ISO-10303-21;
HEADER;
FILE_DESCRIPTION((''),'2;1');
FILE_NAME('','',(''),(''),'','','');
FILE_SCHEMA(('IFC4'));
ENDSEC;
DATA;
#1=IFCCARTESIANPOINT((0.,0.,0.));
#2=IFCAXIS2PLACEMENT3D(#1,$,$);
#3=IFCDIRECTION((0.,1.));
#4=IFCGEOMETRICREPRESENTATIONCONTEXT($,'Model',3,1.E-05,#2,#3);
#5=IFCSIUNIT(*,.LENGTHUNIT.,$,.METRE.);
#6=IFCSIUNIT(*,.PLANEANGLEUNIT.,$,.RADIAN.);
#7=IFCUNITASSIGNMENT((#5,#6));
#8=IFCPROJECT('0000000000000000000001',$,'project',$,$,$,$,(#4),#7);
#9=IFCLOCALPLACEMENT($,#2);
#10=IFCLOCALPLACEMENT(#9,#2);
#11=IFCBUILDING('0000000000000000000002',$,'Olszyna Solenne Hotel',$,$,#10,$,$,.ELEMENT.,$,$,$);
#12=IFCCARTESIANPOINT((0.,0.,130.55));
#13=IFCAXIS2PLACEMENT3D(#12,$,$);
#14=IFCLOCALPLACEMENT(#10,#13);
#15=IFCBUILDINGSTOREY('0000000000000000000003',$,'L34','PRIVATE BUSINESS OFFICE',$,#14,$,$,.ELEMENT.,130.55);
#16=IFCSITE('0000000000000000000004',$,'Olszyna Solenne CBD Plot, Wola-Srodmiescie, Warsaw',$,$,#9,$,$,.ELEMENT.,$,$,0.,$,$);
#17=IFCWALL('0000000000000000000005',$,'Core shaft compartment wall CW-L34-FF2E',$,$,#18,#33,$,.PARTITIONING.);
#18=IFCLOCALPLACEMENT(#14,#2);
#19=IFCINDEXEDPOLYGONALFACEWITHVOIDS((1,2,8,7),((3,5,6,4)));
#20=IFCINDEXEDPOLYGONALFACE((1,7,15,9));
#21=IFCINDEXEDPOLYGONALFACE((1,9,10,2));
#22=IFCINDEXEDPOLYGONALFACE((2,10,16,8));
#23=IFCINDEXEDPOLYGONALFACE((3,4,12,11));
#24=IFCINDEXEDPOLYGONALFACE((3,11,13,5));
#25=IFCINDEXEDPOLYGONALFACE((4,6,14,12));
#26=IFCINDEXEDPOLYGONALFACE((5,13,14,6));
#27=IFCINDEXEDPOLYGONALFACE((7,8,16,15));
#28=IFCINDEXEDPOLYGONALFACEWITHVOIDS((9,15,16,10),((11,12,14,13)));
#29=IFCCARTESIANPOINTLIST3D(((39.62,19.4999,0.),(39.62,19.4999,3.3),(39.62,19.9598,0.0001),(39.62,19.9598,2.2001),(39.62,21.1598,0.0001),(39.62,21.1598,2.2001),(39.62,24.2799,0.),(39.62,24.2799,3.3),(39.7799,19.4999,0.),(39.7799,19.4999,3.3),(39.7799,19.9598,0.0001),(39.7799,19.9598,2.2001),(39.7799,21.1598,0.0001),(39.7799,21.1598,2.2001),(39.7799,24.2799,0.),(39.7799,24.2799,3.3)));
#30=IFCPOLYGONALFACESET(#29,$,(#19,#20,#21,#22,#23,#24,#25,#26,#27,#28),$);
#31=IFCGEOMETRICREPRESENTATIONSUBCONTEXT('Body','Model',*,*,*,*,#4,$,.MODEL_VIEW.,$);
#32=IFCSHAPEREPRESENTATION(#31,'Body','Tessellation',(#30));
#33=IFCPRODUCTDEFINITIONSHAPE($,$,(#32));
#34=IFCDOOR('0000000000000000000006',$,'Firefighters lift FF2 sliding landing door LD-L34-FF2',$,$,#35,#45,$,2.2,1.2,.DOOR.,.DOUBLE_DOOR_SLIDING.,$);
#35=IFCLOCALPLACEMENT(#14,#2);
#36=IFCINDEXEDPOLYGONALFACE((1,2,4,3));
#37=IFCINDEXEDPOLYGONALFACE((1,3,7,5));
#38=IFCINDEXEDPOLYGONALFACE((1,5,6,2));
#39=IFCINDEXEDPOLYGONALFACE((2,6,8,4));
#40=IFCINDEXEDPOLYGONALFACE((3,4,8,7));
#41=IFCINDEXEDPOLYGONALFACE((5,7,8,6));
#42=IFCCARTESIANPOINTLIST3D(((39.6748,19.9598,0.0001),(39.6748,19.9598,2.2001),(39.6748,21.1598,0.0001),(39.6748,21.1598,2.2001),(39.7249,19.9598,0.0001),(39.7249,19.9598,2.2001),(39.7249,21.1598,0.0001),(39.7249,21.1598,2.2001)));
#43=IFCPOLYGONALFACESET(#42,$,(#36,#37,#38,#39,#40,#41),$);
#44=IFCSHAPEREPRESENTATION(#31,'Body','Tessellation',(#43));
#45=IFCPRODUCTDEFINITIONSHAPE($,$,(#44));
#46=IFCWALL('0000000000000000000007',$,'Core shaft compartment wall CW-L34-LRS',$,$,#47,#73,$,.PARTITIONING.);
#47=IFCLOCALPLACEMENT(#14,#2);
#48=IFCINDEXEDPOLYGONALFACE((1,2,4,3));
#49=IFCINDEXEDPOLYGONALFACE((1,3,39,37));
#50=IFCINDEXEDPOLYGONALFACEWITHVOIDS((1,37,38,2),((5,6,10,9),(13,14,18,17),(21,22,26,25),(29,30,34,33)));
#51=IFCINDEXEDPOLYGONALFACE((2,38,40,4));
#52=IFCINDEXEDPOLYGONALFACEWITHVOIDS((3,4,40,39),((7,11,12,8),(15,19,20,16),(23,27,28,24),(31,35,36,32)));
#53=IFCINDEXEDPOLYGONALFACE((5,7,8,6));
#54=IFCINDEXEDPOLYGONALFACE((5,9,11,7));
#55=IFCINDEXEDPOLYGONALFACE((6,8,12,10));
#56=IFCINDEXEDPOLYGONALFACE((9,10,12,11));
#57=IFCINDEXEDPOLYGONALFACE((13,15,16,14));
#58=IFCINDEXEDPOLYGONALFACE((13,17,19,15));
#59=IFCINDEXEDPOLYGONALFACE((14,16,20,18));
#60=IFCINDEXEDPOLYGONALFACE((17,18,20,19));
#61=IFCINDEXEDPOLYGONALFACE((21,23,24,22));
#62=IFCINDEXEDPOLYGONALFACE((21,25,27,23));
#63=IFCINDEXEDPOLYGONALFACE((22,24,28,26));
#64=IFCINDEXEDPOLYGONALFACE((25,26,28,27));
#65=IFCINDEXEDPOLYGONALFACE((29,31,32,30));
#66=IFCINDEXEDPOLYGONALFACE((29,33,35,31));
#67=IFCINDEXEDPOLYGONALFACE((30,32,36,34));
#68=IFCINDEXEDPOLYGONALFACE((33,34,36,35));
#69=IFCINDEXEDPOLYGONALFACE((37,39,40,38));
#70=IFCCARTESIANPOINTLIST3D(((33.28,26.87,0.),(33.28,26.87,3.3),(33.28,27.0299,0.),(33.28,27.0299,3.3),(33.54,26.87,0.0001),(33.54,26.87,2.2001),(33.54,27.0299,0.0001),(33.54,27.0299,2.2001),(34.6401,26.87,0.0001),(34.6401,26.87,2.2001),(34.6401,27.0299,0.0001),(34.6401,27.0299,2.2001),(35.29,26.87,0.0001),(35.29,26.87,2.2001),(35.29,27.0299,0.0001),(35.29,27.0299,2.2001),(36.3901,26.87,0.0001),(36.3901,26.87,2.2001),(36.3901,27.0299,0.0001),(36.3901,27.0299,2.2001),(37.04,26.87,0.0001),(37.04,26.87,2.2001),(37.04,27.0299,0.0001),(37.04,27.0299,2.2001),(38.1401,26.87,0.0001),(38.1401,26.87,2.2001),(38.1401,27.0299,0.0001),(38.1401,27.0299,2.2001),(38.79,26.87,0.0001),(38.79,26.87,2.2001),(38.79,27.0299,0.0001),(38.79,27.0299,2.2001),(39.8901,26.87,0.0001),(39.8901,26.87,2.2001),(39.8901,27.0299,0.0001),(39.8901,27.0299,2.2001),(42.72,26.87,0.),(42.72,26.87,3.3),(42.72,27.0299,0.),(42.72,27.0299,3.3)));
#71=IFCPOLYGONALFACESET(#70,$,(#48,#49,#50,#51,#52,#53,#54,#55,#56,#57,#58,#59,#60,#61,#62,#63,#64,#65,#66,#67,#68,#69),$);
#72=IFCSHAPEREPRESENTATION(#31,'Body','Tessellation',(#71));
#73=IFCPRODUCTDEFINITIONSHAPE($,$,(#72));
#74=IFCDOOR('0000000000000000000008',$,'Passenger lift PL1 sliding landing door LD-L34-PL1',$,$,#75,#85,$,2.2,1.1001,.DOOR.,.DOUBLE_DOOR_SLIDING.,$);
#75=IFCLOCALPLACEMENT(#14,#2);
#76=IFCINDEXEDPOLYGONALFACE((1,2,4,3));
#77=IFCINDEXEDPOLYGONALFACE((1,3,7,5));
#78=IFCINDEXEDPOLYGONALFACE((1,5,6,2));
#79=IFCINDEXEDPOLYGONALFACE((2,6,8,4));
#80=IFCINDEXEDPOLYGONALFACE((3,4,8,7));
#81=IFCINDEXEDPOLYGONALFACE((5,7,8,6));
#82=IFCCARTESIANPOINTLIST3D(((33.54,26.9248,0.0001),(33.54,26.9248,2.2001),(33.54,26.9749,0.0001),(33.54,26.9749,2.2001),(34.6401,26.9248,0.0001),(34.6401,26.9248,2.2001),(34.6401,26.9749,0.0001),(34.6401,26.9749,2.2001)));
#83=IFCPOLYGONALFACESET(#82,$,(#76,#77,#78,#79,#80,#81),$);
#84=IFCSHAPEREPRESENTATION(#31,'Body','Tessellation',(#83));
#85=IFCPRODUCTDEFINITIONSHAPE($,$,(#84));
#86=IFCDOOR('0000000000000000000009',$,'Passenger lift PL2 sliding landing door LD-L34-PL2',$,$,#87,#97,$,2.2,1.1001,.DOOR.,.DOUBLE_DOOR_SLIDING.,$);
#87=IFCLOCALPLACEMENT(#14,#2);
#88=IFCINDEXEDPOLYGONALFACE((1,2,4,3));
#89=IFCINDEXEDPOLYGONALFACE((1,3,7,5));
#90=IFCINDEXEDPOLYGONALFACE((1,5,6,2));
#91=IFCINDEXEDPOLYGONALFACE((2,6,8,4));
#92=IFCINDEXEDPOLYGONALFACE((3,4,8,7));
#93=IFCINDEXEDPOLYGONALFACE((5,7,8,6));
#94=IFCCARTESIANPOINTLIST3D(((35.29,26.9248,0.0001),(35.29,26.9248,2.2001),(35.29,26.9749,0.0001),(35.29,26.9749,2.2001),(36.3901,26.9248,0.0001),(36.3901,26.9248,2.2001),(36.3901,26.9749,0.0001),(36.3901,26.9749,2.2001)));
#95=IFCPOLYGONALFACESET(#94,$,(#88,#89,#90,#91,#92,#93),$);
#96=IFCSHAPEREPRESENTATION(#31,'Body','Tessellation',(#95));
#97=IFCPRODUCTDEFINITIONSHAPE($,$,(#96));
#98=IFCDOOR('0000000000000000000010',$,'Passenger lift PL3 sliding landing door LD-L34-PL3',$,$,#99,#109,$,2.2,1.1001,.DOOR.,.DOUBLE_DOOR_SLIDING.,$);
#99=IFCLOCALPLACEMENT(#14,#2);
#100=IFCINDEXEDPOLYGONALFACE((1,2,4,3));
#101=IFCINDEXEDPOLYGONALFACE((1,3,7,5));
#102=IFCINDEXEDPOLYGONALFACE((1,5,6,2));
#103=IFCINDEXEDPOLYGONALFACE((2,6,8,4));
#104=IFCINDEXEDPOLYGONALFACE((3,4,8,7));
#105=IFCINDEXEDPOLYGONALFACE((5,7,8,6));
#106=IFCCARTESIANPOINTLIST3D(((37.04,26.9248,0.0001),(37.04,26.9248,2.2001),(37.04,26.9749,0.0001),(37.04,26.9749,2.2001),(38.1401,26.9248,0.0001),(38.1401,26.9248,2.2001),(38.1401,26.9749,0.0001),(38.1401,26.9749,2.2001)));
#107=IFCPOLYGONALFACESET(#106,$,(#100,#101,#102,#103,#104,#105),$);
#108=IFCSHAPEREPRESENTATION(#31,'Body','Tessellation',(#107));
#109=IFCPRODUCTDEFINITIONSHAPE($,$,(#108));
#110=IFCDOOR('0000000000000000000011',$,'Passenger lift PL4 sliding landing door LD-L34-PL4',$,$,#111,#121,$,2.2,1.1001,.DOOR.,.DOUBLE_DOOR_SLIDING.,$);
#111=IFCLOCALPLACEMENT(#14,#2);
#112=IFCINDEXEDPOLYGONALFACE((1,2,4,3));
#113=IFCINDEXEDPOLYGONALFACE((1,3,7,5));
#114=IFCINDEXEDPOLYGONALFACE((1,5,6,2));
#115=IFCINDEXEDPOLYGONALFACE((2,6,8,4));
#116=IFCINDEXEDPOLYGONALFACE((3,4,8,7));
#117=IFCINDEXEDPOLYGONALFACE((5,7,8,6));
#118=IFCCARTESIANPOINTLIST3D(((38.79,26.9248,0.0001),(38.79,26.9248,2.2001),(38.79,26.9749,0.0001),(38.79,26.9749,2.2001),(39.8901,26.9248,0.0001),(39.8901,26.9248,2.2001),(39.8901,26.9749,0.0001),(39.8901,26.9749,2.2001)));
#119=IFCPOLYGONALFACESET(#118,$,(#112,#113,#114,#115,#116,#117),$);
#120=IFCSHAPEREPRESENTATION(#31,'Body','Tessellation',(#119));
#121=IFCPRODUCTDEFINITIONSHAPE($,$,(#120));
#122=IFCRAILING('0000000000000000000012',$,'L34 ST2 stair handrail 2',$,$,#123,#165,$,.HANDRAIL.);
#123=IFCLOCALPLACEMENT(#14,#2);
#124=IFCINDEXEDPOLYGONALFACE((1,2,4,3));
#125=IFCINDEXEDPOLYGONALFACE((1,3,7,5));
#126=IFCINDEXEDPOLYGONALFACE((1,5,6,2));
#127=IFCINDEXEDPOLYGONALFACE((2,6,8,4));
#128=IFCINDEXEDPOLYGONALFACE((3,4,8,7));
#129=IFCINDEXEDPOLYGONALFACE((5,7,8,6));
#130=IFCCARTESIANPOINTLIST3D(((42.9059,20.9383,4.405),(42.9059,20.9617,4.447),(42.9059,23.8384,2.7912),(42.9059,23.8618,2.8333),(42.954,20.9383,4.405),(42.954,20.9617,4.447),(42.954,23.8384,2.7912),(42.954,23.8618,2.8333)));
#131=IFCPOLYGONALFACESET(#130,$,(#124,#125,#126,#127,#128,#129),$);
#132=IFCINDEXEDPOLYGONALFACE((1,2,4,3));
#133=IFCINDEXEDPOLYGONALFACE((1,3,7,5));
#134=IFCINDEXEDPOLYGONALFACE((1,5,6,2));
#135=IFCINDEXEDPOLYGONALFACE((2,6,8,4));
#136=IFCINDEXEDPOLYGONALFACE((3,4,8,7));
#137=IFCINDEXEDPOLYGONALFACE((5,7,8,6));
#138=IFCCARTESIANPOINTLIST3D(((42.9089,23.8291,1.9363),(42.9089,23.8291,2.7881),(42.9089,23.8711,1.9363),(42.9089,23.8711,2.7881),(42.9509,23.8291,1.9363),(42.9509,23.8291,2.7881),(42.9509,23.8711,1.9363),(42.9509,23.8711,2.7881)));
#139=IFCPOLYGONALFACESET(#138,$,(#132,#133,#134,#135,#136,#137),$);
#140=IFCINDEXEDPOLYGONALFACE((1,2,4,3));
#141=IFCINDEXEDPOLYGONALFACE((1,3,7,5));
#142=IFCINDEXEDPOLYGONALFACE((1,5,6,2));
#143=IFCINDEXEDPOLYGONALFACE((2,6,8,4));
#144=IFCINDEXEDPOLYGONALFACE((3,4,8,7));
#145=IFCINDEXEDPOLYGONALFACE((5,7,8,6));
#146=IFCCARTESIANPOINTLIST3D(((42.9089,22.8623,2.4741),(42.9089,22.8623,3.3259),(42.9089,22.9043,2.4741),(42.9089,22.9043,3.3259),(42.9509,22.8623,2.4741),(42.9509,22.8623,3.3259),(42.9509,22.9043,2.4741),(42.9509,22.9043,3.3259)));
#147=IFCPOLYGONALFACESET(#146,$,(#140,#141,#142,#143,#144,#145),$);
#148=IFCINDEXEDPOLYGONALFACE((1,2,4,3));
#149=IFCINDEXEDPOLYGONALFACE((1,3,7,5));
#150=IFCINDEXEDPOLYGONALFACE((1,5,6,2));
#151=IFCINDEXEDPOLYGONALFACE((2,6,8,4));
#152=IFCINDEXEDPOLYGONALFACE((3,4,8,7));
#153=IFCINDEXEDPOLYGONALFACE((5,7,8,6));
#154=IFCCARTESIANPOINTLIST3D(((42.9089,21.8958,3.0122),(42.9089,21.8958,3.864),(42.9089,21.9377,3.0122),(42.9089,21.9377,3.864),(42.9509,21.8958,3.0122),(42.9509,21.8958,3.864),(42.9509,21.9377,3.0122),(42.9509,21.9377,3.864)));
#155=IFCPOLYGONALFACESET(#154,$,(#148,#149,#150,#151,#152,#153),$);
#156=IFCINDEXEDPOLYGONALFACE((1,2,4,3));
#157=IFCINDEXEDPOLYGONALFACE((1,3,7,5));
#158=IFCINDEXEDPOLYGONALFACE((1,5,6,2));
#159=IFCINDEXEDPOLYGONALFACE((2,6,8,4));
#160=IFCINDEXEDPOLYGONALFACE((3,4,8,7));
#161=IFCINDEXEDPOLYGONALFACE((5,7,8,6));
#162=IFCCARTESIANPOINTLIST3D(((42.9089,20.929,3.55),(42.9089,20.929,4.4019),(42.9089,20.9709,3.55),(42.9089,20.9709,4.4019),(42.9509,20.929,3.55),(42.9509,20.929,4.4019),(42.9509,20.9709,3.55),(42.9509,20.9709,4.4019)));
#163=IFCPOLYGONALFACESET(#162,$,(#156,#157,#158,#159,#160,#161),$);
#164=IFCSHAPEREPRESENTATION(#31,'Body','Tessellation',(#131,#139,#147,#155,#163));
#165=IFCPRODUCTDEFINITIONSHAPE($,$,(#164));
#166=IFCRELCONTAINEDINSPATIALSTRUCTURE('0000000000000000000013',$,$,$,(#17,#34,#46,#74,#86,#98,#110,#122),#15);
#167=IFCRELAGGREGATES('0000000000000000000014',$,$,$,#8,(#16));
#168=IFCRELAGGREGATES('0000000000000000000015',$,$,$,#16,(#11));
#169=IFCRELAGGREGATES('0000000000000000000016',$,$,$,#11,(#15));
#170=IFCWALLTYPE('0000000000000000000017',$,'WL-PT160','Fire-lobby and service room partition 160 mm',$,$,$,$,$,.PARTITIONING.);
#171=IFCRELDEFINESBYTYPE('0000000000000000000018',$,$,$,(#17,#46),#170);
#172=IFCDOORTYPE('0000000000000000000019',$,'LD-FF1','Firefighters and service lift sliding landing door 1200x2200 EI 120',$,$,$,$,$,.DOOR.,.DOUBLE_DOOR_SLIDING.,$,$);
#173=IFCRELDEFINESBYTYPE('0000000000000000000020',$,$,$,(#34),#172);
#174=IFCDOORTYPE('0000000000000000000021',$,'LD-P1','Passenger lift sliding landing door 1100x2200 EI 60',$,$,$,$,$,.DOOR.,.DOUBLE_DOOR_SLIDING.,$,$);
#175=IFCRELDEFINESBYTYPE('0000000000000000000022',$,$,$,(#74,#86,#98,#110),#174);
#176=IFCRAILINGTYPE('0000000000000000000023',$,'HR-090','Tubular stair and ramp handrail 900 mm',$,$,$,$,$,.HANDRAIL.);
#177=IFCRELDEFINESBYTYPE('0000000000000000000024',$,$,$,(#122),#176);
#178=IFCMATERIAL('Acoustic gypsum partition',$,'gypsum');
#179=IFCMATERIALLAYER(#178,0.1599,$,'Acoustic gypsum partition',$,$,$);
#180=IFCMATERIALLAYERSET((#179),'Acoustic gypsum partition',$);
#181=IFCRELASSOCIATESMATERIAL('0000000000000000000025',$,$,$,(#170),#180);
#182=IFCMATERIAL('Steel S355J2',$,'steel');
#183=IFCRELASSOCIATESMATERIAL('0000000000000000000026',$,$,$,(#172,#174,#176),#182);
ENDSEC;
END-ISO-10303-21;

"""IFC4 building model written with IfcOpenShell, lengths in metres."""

from ifc_helpers import new_model, si_unit, direction, frame, frame_2d, origin, origin_2d, place, context, subcontext, project, spatial, rectangle, extrude, source, transform, mapped, material, layer, layer_set, type_object, type_shapes, element, fill, save


model = new_model("IFC4")

# Units and contexts
model_context = context("Model", 3, precision=1e-05, world=origin(), true_north=direction((0.0, 1.0)))
body_context = subcontext(model_context, "Body", "Model", "MODEL_VIEW")
ifc_project = project(units=[si_unit("LENGTHUNIT", "METRE"), si_unit("PLANEANGLEUNIT", "RADIAN")], contexts=[model_context])

# Site, building, storey
site_placement = place(None, origin())
site = spatial("IfcSite", under=ifc_project, at=site_placement, Name="Olszyna Solenne CBD Plot, Wola-Srodmiescie, Warsaw", CompositionType="ELEMENT", RefElevation=0.0)
building_placement = place(site_placement, origin())
building = spatial("IfcBuilding", under=site, at=building_placement, Name="Olszyna Solenne Hotel", CompositionType="ELEMENT")
storey_placement = place(building_placement, frame((0.0, 0.0, 130.55)))
storey = spatial("IfcBuildingStorey", under=building, at=storey_placement, Name="L34", Description="PRIVATE BUSINESS OFFICE", CompositionType="ELEMENT", Elevation=130.55)

# Shared definitions
ifc_material_1 = material(Name="Steel S355J2", Category="steel")

# Shared definitions
ifc_material_2 = material(Name="Acoustic gypsum partition", Category="gypsum")

# Shared definitions
ifc_layer_1 = layer(ifc_material_2, 0.1599, Name="Acoustic gypsum partition")
ifc_layer_set_1 = layer_set([ifc_layer_1], Name="Acoustic gypsum partition")
wall_type_1 = type_object("IfcWallType", Name="WL-PT160", Description="Fire-lobby and service room partition 160 mm", PredefinedType="PARTITIONING", material=ifc_layer_set_1)

# Wall, opening, door
wall_1_placement = place(storey_placement, frame((39.7, 24.28, 0.0), z_axis=(0.0, 0.0, 1.0), x_axis=(0.0, -1.0, 0.0)))
wall_1 = element("IfcWall", 1, at=wall_1_placement, inside=storey, type_object=wall_type_1, Name="Core shaft compartment wall CW-L34-FF2E", PredefinedType="PARTITIONING", context=body_context, shape_type="SweptSolid", body=[
    extrude(rectangle(XDim=4.78, YDim=0.1599, at=frame_2d((2.3901, 0.0))), origin(), (0.0, 0.0, 1.0), 3.3),
])
opening_1_placement = place(wall_1_placement, frame((3.1201, 0.0, 0.0)))
opening_1 = element("IfcOpeningElement", 2, at=opening_1_placement, cuts=wall_1, PredefinedType="OPENING", context=body_context, shape_type="SweptSolid", body=[
    extrude(rectangle(XDim=1.2, YDim=2.2, at=frame_2d((0.6001, 1.1001))), frame((0.0, 0.0898, 0.0), z_axis=(0.0, -1.0, 0.0), x_axis=(1.0, 0.0, 0.0)), (0.0, 0.0, 1.0), 0.1799),
])
door_type_1 = type_object("IfcDoorType", Name="LD-FF1", Description="Firefighters and service lift sliding landing door 1200x2200 EI 120", OperationType="DOUBLE_DOOR_SLIDING", PredefinedType="DOOR", material=ifc_material_1)
shared_shape_1 = source(origin(), body_context, "Body", "SweptSolid", [
    extrude(rectangle(XDim=1.2, YDim=2.2, at=frame_2d((0.6001, 1.1001))), frame((0.0, 0.0249, 0.0), z_axis=(0.0, -1.0, 0.0), x_axis=(1.0, 0.0, 0.0)), (0.0, 0.0, 1.0), 0.05),
])
type_shapes(door_type_1, [shared_shape_1])
door_1_placement = place(opening_1_placement, origin())
door_1 = element("IfcDoor", 3, at=door_1_placement, inside=storey, type_object=door_type_1, Name="Firefighters lift FF2 sliding landing door LD-L34-FF2", OperationType="DOUBLE_DOOR_SLIDING", OverallHeight=2.2, OverallWidth=1.2, PredefinedType="DOOR", context=body_context, shape_type="MappedRepresentation", body=[
    mapped(shared_shape_1, transform((0.0, 0.0, 0.0), x_axis=(1.0, 0.0, 0.0), y_axis=(0.0, 1.0, 0.0), z_axis=(0.0, 0.0, 1.0), scale=1.0)),
])
fill(opening_1, door_1)

# Wall, openings, doors
wall_2_placement = place(storey_placement, frame((33.28, 26.95, 0.0), z_axis=(0.0, 0.0, 1.0), x_axis=(1.0, 0.0, 0.0)))
wall_2 = element("IfcWall", 4, at=wall_2_placement, inside=storey, type_object=wall_type_1, Name="Core shaft compartment wall CW-L34-LRS", PredefinedType="PARTITIONING", context=body_context, shape_type="SweptSolid", body=[
    extrude(rectangle(XDim=9.4399, YDim=0.1599, at=frame_2d((4.72, 0.0))), origin(), (0.0, 0.0, 1.0), 3.3),
])
opening_2_placement = place(wall_2_placement, frame((0.26, 0.0, 0.0)))
opening_2 = element("IfcOpeningElement", 5, at=opening_2_placement, cuts=wall_2, PredefinedType="OPENING", context=body_context, shape_type="SweptSolid", body=[
    extrude(rectangle(XDim=1.1001, YDim=2.2, at=frame_2d((0.55, 1.1001))), frame((0.0, 0.0898, 0.0), z_axis=(0.0, -1.0, 0.0), x_axis=(1.0, 0.0, 0.0)), (0.0, 0.0, 1.0), 0.1799),
])
opening_3_placement = place(wall_2_placement, frame((2.01, 0.0, 0.0)))
opening_3 = element("IfcOpeningElement", 6, at=opening_3_placement, cuts=wall_2, PredefinedType="OPENING", context=body_context, shape_type="SweptSolid", body=[
    extrude(rectangle(XDim=1.1001, YDim=2.2, at=frame_2d((0.55, 1.1001))), frame((0.0, 0.0898, 0.0), z_axis=(0.0, -1.0, 0.0), x_axis=(1.0, 0.0, 0.0)), (0.0, 0.0, 1.0), 0.1799),
])
opening_4_placement = place(wall_2_placement, frame((3.76, 0.0, 0.0)))
opening_4 = element("IfcOpeningElement", 7, at=opening_4_placement, cuts=wall_2, PredefinedType="OPENING", context=body_context, shape_type="SweptSolid", body=[
    extrude(rectangle(XDim=1.1001, YDim=2.2, at=frame_2d((0.55, 1.1001))), frame((0.0, 0.0898, 0.0), z_axis=(0.0, -1.0, 0.0), x_axis=(1.0, 0.0, 0.0)), (0.0, 0.0, 1.0), 0.1799),
])
opening_5_placement = place(wall_2_placement, frame((5.51, 0.0, 0.0)))
opening_5 = element("IfcOpeningElement", 8, at=opening_5_placement, cuts=wall_2, PredefinedType="OPENING", context=body_context, shape_type="SweptSolid", body=[
    extrude(rectangle(XDim=1.1001, YDim=2.2, at=frame_2d((0.55, 1.1001))), frame((0.0, 0.0898, 0.0), z_axis=(0.0, -1.0, 0.0), x_axis=(1.0, 0.0, 0.0)), (0.0, 0.0, 1.0), 0.1799),
])
door_type_2 = type_object("IfcDoorType", Name="LD-P1", Description="Passenger lift sliding landing door 1100x2200 EI 60", OperationType="DOUBLE_DOOR_SLIDING", PredefinedType="DOOR", material=ifc_material_1)
shared_shape_2 = source(origin(), body_context, "Body", "SweptSolid", [
    extrude(rectangle(XDim=1.1001, YDim=2.2, at=frame_2d((0.55, 1.1001))), frame((0.0, 0.0249, 0.0), z_axis=(0.0, -1.0, 0.0), x_axis=(1.0, 0.0, 0.0)), (0.0, 0.0, 1.0), 0.05),
])
type_shapes(door_type_2, [shared_shape_2])
door_2_placement = place(opening_2_placement, origin())
door_2 = element("IfcDoor", 9, at=door_2_placement, inside=storey, type_object=door_type_2, Name="Passenger lift PL1 sliding landing door LD-L34-PL1", OperationType="DOUBLE_DOOR_SLIDING", OverallHeight=2.2, OverallWidth=1.1001, PredefinedType="DOOR", context=body_context, shape_type="MappedRepresentation", body=[
    mapped(shared_shape_2, transform((0.0, 0.0, 0.0), x_axis=(1.0, 0.0, 0.0), y_axis=(0.0, 1.0, 0.0), z_axis=(0.0, 0.0, 1.0), scale=1.0)),
])
fill(opening_2, door_2)
door_3_placement = place(opening_3_placement, origin())
door_3 = element("IfcDoor", 10, at=door_3_placement, inside=storey, type_object=door_type_2, Name="Passenger lift PL2 sliding landing door LD-L34-PL2", OperationType="DOUBLE_DOOR_SLIDING", OverallHeight=2.2, OverallWidth=1.1001, PredefinedType="DOOR", context=body_context, shape_type="MappedRepresentation", body=[
    mapped(shared_shape_2, transform((0.0, 0.0, 0.0), x_axis=(1.0, 0.0, 0.0), y_axis=(0.0, 1.0, 0.0), z_axis=(0.0, 0.0, 1.0), scale=1.0)),
])
fill(opening_3, door_3)
door_4_placement = place(opening_4_placement, origin())
door_4 = element("IfcDoor", 11, at=door_4_placement, inside=storey, type_object=door_type_2, Name="Passenger lift PL3 sliding landing door LD-L34-PL3", OperationType="DOUBLE_DOOR_SLIDING", OverallHeight=2.2, OverallWidth=1.1001, PredefinedType="DOOR", context=body_context, shape_type="MappedRepresentation", body=[
    mapped(shared_shape_2, transform((0.0, 0.0, 0.0), x_axis=(1.0, 0.0, 0.0), y_axis=(0.0, 1.0, 0.0), z_axis=(0.0, 0.0, 1.0), scale=1.0)),
])
fill(opening_4, door_4)
door_5_placement = place(opening_5_placement, origin())
door_5 = element("IfcDoor", 12, at=door_5_placement, inside=storey, type_object=door_type_2, Name="Passenger lift PL4 sliding landing door LD-L34-PL4", OperationType="DOUBLE_DOOR_SLIDING", OverallHeight=2.2, OverallWidth=1.1001, PredefinedType="DOOR", context=body_context, shape_type="MappedRepresentation", body=[
    mapped(shared_shape_2, transform((0.0, 0.0, 0.0), x_axis=(1.0, 0.0, 0.0), y_axis=(0.0, 1.0, 0.0), z_axis=(0.0, 0.0, 1.0), scale=1.0)),
])
fill(opening_5, door_5)

# Railing
railing_type = type_object("IfcRailingType", Name="HR-090", Description="Tubular stair and ramp handrail 900 mm", PredefinedType="HANDRAIL", material=ifc_material_1)
railing_placement = place(storey_placement, frame((42.9299, 23.8501, 1.9363)))
element("IfcRailing", 13, at=railing_placement, inside=storey, type_object=railing_type, Name="L34 ST2 stair handrail 2", PredefinedType="HANDRAIL", context=body_context, shape_type="SweptSolid", body=[
    extrude(rectangle(XDim=0.0481, YDim=0.0481, at=origin_2d()), frame((0.0, 0.0, 0.876), z_axis=(0.0, -0.873827, 0.486236), x_axis=(1.0, 0.0, 0.0)), (0.0, 0.0, 1.0), 3.3188),
    extrude(rectangle(XDim=0.042, YDim=0.042, at=origin_2d()), origin(), (0.0, 0.0, 1.0), 0.8518),
    extrude(rectangle(XDim=0.042, YDim=0.042, at=origin_2d()), frame((0.0, -0.9668, 0.5378)), (0.0, 0.0, 1.0), 0.8518),
    extrude(rectangle(XDim=0.042, YDim=0.042, at=origin_2d()), frame((0.0, -1.9333, 1.0759)), (0.0, 0.0, 1.0), 0.8518),
    extrude(rectangle(XDim=0.042, YDim=0.042, at=origin_2d()), frame((0.0, -2.9001, 1.6138)), (0.0, 0.0, 1.0), 0.8518),
])

save(model, "model.ifc")
